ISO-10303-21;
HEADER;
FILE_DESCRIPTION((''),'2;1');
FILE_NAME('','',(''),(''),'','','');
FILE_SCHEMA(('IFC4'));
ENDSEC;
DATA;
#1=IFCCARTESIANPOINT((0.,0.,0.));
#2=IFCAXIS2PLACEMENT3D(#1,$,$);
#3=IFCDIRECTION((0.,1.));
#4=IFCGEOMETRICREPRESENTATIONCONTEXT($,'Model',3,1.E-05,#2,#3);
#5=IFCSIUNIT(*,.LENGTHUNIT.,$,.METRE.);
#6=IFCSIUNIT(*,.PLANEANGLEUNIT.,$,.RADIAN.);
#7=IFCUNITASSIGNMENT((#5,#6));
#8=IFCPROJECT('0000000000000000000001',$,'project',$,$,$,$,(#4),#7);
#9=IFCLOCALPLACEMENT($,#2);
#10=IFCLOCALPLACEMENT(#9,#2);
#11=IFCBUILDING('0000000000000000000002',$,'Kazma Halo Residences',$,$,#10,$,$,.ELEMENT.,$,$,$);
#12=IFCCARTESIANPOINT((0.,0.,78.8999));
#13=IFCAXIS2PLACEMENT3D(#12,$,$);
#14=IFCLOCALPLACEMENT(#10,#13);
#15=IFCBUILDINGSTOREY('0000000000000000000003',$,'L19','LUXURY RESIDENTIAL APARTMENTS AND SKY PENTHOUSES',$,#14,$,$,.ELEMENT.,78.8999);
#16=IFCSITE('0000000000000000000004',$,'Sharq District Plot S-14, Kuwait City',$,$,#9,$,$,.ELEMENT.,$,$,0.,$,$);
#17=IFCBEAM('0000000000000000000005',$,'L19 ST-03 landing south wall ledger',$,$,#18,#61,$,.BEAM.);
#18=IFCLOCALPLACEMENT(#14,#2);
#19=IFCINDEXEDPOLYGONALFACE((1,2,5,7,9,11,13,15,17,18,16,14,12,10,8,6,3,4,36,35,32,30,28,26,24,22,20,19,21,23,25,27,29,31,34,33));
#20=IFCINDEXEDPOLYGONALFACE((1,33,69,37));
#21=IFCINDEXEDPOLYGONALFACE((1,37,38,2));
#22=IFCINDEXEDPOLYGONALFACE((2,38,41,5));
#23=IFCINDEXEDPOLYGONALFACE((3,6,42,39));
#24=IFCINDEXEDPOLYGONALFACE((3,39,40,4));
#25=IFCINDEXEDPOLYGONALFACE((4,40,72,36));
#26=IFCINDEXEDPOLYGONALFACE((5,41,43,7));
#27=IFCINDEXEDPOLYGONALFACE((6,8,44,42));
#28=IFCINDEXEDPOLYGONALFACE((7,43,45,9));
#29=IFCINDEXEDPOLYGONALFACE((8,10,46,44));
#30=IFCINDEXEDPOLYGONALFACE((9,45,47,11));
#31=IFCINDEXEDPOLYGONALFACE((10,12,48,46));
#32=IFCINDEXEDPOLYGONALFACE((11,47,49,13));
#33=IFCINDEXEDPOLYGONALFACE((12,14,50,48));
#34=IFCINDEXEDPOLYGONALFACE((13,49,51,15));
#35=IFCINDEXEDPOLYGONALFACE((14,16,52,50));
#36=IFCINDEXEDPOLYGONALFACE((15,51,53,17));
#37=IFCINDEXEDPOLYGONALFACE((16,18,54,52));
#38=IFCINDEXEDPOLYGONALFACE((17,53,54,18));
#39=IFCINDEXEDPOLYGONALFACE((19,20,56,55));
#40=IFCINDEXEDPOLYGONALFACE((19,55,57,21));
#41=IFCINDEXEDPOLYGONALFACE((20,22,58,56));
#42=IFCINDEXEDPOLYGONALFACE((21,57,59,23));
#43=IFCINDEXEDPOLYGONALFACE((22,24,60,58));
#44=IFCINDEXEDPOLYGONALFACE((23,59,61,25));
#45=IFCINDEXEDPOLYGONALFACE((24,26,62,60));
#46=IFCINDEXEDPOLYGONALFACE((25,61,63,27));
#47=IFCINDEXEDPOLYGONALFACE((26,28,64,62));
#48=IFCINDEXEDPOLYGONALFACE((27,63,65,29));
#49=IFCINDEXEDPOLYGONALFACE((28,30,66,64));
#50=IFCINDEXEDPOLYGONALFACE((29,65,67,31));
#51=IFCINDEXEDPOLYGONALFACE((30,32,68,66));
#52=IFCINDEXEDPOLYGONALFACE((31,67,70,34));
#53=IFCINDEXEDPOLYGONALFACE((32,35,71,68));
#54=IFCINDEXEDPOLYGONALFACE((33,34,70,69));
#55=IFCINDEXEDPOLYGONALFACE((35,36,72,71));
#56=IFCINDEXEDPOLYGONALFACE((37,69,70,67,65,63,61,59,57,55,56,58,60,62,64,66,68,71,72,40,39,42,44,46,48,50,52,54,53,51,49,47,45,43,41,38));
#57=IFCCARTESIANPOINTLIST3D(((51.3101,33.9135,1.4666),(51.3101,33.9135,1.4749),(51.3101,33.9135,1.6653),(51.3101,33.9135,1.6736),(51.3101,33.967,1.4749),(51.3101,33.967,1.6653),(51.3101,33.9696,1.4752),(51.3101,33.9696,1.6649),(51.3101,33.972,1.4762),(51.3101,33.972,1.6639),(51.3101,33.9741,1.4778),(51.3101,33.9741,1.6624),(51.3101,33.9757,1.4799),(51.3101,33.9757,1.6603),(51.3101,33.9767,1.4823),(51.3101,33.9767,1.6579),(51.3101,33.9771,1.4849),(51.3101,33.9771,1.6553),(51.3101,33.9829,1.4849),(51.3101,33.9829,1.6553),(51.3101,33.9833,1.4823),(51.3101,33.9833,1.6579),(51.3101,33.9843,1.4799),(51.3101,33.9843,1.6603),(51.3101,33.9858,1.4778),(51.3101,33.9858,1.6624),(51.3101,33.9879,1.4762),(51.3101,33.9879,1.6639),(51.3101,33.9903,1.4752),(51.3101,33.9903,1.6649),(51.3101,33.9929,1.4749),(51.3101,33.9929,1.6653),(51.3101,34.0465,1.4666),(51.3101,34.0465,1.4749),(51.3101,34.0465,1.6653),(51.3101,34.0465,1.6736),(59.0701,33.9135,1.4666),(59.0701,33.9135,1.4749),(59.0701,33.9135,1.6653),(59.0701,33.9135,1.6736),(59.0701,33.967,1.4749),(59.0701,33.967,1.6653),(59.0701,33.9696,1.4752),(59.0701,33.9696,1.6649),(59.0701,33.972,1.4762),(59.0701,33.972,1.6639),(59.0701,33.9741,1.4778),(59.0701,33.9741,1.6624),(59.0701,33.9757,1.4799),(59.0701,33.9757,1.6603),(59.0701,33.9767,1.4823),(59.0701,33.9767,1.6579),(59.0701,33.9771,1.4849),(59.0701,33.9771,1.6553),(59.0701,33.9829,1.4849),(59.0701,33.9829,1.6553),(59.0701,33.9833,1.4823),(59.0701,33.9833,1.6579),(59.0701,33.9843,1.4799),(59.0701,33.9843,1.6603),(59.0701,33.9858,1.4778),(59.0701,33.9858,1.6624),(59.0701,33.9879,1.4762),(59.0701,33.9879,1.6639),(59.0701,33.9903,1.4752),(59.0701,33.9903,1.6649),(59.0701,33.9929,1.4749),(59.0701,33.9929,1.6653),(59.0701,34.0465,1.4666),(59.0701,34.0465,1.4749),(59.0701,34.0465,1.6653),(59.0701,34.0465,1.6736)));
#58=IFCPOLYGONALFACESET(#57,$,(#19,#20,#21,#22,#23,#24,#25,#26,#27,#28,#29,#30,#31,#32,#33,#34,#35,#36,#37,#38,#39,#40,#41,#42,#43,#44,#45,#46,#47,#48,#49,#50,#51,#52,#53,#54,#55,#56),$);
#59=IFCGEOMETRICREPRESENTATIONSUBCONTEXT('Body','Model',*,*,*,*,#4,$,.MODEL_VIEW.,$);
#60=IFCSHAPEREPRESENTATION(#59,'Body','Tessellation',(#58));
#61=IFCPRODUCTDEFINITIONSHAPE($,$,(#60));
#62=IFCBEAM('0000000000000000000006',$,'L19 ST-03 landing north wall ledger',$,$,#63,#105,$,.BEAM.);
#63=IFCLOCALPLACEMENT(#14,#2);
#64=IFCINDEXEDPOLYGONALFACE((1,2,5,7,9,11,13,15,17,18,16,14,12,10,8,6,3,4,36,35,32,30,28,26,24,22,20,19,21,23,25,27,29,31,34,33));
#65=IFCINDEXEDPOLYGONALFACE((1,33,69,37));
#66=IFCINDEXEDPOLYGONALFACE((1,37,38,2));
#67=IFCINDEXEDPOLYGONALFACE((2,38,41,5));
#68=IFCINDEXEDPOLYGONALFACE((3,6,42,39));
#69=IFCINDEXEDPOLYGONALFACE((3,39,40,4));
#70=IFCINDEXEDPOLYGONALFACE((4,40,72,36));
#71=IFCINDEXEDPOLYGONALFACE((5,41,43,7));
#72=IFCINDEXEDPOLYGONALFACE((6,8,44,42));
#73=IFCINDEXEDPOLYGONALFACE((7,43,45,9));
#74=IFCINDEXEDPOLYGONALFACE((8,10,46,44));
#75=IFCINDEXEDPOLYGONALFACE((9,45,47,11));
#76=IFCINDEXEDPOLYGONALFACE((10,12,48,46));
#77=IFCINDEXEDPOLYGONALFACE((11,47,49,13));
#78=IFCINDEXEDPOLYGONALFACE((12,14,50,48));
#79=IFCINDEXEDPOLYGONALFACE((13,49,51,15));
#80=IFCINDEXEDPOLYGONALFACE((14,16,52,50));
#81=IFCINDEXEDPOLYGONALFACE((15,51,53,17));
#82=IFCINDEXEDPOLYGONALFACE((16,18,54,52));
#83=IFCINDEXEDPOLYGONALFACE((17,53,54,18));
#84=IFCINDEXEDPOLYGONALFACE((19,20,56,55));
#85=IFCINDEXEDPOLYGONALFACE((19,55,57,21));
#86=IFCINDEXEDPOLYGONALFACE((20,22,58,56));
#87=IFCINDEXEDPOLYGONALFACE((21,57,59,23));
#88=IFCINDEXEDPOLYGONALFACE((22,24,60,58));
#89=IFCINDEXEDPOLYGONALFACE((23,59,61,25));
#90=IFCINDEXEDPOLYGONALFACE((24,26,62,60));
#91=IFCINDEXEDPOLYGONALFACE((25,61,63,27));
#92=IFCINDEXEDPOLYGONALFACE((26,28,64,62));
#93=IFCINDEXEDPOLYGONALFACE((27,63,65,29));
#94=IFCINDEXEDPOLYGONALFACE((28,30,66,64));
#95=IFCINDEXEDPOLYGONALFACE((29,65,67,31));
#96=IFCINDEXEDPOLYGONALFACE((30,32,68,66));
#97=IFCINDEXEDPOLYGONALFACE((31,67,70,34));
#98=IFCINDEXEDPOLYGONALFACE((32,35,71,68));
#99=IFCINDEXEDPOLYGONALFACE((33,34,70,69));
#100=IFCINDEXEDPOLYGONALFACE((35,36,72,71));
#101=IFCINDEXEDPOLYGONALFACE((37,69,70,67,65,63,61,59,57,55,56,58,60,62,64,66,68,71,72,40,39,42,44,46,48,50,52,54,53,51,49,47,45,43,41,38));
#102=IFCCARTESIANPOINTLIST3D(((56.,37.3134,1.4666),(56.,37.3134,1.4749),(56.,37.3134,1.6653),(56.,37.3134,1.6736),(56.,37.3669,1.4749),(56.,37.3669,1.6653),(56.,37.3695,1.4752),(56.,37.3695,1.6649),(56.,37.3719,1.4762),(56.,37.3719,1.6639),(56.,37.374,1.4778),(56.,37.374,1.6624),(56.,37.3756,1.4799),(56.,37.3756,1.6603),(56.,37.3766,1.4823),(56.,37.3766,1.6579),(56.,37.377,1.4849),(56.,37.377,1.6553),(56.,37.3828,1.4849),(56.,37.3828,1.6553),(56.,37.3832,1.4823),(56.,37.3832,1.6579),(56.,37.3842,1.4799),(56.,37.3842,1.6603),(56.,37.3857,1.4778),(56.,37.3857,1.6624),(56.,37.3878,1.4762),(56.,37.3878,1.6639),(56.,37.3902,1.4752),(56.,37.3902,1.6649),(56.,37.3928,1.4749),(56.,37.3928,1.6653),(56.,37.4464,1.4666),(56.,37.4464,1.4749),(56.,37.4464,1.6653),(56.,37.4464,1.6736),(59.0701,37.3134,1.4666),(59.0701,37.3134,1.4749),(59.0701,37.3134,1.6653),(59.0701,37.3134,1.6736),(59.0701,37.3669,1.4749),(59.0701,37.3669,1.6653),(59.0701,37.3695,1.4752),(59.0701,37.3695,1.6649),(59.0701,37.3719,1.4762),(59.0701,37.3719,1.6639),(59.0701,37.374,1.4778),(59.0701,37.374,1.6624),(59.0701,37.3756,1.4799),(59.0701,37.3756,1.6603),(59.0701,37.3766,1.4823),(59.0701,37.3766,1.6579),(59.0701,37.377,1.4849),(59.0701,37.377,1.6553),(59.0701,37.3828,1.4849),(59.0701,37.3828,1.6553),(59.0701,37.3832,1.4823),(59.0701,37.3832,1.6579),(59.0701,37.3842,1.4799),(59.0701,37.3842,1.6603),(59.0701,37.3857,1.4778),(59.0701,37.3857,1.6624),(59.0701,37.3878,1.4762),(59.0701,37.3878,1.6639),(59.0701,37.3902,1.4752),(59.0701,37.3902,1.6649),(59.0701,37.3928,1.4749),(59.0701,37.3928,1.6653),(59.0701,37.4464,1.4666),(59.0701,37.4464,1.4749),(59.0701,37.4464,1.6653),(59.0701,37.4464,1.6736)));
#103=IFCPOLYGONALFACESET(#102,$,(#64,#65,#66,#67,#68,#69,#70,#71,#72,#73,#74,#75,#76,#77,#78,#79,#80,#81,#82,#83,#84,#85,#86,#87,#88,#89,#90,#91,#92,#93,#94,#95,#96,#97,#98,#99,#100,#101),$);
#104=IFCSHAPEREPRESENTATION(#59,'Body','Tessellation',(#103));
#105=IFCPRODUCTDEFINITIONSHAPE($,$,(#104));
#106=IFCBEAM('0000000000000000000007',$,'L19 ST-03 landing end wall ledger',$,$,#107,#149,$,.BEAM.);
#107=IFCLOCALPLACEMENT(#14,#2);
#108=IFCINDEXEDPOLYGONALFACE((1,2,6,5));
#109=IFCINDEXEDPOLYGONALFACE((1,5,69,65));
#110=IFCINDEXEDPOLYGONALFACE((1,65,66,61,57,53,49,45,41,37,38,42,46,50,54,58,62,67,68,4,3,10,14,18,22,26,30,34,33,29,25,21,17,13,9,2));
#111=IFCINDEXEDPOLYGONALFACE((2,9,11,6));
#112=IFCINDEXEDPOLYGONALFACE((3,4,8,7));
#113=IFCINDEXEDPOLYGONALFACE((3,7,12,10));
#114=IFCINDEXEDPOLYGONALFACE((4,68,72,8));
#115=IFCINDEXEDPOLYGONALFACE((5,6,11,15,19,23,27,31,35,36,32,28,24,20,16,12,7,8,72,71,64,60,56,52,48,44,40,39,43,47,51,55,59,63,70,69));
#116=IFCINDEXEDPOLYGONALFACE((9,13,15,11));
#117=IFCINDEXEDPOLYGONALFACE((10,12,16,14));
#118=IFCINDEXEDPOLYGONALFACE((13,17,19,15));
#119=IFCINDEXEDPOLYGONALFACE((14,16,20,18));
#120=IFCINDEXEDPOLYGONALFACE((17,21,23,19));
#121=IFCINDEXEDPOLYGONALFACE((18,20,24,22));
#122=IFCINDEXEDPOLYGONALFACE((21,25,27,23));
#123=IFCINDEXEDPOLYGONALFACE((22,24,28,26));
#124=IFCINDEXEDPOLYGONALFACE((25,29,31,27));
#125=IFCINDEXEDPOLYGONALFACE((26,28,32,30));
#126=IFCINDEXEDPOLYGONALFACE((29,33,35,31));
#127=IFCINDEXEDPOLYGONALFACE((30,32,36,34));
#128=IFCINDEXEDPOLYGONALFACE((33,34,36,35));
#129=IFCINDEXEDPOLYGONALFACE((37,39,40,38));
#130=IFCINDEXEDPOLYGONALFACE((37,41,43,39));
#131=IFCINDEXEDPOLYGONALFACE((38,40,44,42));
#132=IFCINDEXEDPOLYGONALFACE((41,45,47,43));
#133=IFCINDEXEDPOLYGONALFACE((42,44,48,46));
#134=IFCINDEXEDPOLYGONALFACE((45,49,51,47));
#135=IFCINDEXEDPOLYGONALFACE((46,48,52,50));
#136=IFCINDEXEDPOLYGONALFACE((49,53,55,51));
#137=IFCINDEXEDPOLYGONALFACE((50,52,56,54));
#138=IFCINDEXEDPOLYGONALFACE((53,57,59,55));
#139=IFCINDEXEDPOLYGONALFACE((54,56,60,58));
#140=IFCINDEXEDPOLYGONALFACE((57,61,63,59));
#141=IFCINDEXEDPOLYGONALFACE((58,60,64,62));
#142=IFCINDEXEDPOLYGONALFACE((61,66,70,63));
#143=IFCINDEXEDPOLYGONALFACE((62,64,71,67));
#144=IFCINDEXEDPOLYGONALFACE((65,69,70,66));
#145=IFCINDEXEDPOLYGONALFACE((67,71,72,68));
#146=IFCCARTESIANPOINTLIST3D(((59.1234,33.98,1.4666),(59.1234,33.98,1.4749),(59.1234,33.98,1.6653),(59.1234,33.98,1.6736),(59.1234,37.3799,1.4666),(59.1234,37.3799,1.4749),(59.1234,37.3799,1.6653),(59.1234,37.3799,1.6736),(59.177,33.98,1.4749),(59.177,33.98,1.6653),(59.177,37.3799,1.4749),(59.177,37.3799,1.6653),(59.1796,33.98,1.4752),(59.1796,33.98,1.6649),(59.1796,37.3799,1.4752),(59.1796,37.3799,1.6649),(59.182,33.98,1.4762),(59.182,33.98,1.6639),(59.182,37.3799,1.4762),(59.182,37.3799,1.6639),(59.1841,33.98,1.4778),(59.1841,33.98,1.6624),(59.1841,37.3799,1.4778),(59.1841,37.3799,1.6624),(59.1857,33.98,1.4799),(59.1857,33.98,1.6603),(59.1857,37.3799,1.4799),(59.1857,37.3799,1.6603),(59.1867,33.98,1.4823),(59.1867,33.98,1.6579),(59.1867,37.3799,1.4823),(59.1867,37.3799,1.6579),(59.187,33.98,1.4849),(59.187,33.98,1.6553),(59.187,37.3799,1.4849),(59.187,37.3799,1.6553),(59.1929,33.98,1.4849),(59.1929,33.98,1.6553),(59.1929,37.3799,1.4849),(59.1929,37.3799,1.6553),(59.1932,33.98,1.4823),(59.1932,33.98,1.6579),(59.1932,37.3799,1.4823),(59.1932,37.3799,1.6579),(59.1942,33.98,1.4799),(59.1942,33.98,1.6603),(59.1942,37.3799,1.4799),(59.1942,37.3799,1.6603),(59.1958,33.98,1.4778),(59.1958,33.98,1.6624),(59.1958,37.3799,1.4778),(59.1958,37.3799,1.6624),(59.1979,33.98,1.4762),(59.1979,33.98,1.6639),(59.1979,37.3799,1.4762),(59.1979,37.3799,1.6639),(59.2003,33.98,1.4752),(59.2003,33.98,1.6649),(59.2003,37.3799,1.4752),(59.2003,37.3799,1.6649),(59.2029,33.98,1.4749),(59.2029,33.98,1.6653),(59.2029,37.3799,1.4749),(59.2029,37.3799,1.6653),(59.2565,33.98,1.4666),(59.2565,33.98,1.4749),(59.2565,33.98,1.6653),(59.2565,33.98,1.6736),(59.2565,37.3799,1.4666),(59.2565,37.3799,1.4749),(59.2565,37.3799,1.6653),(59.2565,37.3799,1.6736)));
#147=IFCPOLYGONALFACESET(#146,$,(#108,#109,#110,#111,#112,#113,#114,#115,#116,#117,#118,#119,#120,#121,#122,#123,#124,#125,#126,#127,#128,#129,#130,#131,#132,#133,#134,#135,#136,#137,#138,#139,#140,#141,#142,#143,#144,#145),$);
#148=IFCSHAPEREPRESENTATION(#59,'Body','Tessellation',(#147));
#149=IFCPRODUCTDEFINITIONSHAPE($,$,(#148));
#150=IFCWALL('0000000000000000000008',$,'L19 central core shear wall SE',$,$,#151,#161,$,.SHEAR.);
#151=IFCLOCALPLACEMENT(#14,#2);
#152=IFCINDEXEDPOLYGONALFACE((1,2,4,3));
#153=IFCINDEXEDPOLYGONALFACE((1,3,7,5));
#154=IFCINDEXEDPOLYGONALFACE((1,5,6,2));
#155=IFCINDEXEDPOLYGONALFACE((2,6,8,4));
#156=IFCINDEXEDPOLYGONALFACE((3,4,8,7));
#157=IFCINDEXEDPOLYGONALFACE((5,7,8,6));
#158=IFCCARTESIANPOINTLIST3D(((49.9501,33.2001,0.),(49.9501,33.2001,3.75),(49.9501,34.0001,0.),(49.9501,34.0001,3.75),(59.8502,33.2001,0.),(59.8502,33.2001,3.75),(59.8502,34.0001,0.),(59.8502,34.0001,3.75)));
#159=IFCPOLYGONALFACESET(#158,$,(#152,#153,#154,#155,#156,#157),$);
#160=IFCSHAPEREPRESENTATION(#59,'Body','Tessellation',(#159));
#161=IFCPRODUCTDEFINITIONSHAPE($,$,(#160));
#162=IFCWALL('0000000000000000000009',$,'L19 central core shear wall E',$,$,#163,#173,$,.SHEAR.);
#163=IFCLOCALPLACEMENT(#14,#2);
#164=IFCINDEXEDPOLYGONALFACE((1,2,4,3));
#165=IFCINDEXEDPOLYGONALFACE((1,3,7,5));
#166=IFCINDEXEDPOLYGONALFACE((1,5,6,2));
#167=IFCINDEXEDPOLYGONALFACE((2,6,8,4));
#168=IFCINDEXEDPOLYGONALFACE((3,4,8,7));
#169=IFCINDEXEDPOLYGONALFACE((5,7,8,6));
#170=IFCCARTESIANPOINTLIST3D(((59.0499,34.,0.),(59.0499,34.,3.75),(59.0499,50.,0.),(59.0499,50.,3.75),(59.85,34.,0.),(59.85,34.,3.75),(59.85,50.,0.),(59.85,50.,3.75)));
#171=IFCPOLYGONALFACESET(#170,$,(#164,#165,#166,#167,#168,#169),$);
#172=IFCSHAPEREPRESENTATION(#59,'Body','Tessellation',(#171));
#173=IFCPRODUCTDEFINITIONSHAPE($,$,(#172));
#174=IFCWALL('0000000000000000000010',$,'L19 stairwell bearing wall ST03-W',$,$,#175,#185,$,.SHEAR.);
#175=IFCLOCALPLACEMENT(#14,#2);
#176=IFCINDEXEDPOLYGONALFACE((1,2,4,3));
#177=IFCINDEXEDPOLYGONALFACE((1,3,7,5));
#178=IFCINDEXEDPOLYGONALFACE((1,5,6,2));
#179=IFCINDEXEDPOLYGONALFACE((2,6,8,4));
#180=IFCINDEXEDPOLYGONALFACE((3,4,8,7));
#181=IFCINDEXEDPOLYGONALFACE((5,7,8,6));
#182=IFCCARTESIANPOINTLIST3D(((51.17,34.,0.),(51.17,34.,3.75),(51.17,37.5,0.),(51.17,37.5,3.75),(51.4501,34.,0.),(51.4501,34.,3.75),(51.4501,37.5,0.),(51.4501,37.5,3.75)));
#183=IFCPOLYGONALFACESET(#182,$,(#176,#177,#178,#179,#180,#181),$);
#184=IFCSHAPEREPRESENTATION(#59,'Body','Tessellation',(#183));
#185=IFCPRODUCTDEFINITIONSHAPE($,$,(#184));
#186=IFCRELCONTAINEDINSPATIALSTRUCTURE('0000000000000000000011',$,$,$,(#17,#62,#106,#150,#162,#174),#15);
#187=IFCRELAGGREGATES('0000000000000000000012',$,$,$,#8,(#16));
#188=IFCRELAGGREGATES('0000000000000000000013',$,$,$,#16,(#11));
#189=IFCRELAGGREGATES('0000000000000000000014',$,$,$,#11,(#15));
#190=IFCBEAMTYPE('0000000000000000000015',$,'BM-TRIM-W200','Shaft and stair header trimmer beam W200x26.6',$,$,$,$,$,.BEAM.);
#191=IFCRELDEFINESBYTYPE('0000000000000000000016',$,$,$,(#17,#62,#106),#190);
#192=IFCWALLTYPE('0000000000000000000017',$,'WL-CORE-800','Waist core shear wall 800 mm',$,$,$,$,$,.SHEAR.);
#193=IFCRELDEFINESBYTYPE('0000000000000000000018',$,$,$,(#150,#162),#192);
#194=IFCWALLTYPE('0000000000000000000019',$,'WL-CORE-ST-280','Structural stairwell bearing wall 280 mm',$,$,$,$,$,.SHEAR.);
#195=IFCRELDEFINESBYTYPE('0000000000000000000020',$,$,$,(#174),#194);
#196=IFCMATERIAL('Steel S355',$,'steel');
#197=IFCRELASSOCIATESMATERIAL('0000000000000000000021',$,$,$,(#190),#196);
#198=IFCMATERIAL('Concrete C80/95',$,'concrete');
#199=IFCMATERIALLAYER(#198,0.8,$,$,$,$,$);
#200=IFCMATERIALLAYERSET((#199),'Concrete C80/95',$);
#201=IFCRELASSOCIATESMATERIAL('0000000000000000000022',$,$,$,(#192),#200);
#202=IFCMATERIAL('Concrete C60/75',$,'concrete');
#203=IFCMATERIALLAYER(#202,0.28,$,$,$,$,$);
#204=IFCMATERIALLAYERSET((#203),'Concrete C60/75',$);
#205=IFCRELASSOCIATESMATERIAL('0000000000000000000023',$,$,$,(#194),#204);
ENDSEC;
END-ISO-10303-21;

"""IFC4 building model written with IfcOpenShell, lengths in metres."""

from ifc_helpers import new_model, si_unit, direction, frame, frame_2d, origin, origin_2d, place, context, subcontext, project, spatial, rectangle, i_section, extrude, material, layer, layer_set, material_profile, profile_set, type_object, element, save


model = new_model("IFC4")

# Units and contexts
model_context = context("Model", 3, precision=1e-05, world=origin(), true_north=direction((0.0, 1.0)))
body_context = subcontext(model_context, "Body", "Model", "MODEL_VIEW")
ifc_project = project(units=[si_unit("LENGTHUNIT", "METRE"), si_unit("PLANEANGLEUNIT", "RADIAN")], contexts=[model_context])

# Site, building, storey
site_placement = place(None, origin())
site = spatial("IfcSite", under=ifc_project, at=site_placement, Name="Sharq District Plot S-14, Kuwait City", CompositionType="ELEMENT", RefElevation=0.0)
building_placement = place(site_placement, origin())
building = spatial("IfcBuilding", under=site, at=building_placement, Name="Kazma Halo Residences", CompositionType="ELEMENT")
storey_placement = place(building_placement, frame((0.0, 0.0, 78.8999)))
storey = spatial("IfcBuildingStorey", under=building, at=storey_placement, Name="L19", Description="LUXURY RESIDENTIAL APARTMENTS AND SKY PENTHOUSES", CompositionType="ELEMENT", Elevation=78.8999)

# Shared definitions
ifc_material_1 = material(Name="Steel S355", Category="steel")

# Beams
ifc_material_profile_1 = material_profile(ifc_material_1, i_section(OverallWidth=0.1331, OverallDepth=0.207, WebThickness=0.0059, FlangeThickness=0.0083, FilletRadius=0.01, at=origin_2d()), Name="W200x26.6")
ifc_profile_set_1 = profile_set([ifc_material_profile_1], Name="Steel S355")
beam_type_1 = type_object("IfcBeamType", Name="BM-TRIM-W200", Description="Shaft and stair header trimmer beam W200x26.6", PredefinedType="BEAM", material=ifc_profile_set_1)
beam_1_placement = place(storey_placement, frame((51.3101, 33.98, 1.5701), z_axis=(1.0, 0.0, 0.0), x_axis=(0.0, 1.0, 0.0)))
element("IfcBeam", 1, at=beam_1_placement, inside=storey, type_object=beam_type_1, Name="L19 ST-03 landing south wall ledger", PredefinedType="BEAM", context=body_context, shape_type="SweptSolid", body=[
    extrude(i_section(OverallWidth=0.1331, OverallDepth=0.207, WebThickness=0.0059, FlangeThickness=0.0083, FilletRadius=0.01, at=origin_2d()), origin(), (0.0, 0.0, 1.0), 7.76),
])
beam_2_placement = place(storey_placement, frame((56.0, 37.3799, 1.5701), z_axis=(1.0, 0.0, 0.0), x_axis=(0.0, 1.0, 0.0)))
element("IfcBeam", 2, at=beam_2_placement, inside=storey, type_object=beam_type_1, Name="L19 ST-03 landing north wall ledger", PredefinedType="BEAM", context=body_context, shape_type="SweptSolid", body=[
    extrude(i_section(OverallWidth=0.1331, OverallDepth=0.207, WebThickness=0.0059, FlangeThickness=0.0083, FilletRadius=0.01, at=origin_2d()), origin(), (0.0, 0.0, 1.0), 3.0701),
])
beam_3_placement = place(storey_placement, frame((59.1899, 33.98, 1.5701), z_axis=(0.0, 1.0, 0.0), x_axis=(-1.0, 0.0, 0.0)))
element("IfcBeam", 3, at=beam_3_placement, inside=storey, type_object=beam_type_1, Name="L19 ST-03 landing end wall ledger", PredefinedType="BEAM", context=body_context, shape_type="SweptSolid", body=[
    extrude(i_section(OverallWidth=0.1331, OverallDepth=0.207, WebThickness=0.0059, FlangeThickness=0.0083, FilletRadius=0.01, at=origin_2d()), origin(), (0.0, 0.0, 1.0), 3.3999),
])

# Walls
ifc_material_2 = material(Name="Concrete C80/95", Category="concrete")
ifc_layer_1 = layer(ifc_material_2, 0.8)
ifc_layer_set_1 = layer_set([ifc_layer_1], Name="Concrete C80/95")
wall_type_1 = type_object("IfcWallType", Name="WL-CORE-800", Description="Waist core shear wall 800 mm", PredefinedType="SHEAR", material=ifc_layer_set_1)
wall_1_placement = place(storey_placement, frame((49.95, 33.6001, 0.0), z_axis=(0.0, 0.0, 1.0), x_axis=(1.0, 0.0, 0.0)))
element("IfcWall", 4, at=wall_1_placement, inside=storey, type_object=wall_type_1, Name="L19 central core shear wall SE", PredefinedType="SHEAR", context=body_context, shape_type="SweptSolid", body=[
    extrude(rectangle(XDim=9.9001, YDim=0.8, at=frame_2d((4.9502, 0.0))), origin(), (0.0, 0.0, 1.0), 3.75),
])
wall_2_placement = place(storey_placement, frame((59.45, 34.0, 0.0), z_axis=(0.0, 0.0, 1.0), x_axis=(0.0, 1.0, 0.0)))
element("IfcWall", 5, at=wall_2_placement, inside=storey, type_object=wall_type_1, Name="L19 central core shear wall E", PredefinedType="SHEAR", context=body_context, shape_type="SweptSolid", body=[
    extrude(rectangle(XDim=16.0, YDim=0.8, at=frame_2d((8.0, 0.0))), origin(), (0.0, 0.0, 1.0), 3.75),
])
ifc_material_3 = material(Name="Concrete C60/75", Category="concrete")
ifc_layer_2 = layer(ifc_material_3, 0.28)
ifc_layer_set_2 = layer_set([ifc_layer_2], Name="Concrete C60/75")
wall_type_2 = type_object("IfcWallType", Name="WL-CORE-ST-280", Description="Structural stairwell bearing wall 280 mm", PredefinedType="SHEAR", material=ifc_layer_set_2)
wall_3_placement = place(storey_placement, frame((51.3101, 34.0, 0.0), z_axis=(0.0, 0.0, 1.0), x_axis=(0.0, 1.0, 0.0)))
element("IfcWall", 6, at=wall_3_placement, inside=storey, type_object=wall_type_2, Name="L19 stairwell bearing wall ST03-W", PredefinedType="SHEAR", context=body_context, shape_type="SweptSolid", body=[
    extrude(rectangle(XDim=3.5, YDim=0.28, at=frame_2d((1.75, 0.0))), origin(), (0.0, 0.0, 1.0), 3.75),
])

save(model, "model.ifc")
